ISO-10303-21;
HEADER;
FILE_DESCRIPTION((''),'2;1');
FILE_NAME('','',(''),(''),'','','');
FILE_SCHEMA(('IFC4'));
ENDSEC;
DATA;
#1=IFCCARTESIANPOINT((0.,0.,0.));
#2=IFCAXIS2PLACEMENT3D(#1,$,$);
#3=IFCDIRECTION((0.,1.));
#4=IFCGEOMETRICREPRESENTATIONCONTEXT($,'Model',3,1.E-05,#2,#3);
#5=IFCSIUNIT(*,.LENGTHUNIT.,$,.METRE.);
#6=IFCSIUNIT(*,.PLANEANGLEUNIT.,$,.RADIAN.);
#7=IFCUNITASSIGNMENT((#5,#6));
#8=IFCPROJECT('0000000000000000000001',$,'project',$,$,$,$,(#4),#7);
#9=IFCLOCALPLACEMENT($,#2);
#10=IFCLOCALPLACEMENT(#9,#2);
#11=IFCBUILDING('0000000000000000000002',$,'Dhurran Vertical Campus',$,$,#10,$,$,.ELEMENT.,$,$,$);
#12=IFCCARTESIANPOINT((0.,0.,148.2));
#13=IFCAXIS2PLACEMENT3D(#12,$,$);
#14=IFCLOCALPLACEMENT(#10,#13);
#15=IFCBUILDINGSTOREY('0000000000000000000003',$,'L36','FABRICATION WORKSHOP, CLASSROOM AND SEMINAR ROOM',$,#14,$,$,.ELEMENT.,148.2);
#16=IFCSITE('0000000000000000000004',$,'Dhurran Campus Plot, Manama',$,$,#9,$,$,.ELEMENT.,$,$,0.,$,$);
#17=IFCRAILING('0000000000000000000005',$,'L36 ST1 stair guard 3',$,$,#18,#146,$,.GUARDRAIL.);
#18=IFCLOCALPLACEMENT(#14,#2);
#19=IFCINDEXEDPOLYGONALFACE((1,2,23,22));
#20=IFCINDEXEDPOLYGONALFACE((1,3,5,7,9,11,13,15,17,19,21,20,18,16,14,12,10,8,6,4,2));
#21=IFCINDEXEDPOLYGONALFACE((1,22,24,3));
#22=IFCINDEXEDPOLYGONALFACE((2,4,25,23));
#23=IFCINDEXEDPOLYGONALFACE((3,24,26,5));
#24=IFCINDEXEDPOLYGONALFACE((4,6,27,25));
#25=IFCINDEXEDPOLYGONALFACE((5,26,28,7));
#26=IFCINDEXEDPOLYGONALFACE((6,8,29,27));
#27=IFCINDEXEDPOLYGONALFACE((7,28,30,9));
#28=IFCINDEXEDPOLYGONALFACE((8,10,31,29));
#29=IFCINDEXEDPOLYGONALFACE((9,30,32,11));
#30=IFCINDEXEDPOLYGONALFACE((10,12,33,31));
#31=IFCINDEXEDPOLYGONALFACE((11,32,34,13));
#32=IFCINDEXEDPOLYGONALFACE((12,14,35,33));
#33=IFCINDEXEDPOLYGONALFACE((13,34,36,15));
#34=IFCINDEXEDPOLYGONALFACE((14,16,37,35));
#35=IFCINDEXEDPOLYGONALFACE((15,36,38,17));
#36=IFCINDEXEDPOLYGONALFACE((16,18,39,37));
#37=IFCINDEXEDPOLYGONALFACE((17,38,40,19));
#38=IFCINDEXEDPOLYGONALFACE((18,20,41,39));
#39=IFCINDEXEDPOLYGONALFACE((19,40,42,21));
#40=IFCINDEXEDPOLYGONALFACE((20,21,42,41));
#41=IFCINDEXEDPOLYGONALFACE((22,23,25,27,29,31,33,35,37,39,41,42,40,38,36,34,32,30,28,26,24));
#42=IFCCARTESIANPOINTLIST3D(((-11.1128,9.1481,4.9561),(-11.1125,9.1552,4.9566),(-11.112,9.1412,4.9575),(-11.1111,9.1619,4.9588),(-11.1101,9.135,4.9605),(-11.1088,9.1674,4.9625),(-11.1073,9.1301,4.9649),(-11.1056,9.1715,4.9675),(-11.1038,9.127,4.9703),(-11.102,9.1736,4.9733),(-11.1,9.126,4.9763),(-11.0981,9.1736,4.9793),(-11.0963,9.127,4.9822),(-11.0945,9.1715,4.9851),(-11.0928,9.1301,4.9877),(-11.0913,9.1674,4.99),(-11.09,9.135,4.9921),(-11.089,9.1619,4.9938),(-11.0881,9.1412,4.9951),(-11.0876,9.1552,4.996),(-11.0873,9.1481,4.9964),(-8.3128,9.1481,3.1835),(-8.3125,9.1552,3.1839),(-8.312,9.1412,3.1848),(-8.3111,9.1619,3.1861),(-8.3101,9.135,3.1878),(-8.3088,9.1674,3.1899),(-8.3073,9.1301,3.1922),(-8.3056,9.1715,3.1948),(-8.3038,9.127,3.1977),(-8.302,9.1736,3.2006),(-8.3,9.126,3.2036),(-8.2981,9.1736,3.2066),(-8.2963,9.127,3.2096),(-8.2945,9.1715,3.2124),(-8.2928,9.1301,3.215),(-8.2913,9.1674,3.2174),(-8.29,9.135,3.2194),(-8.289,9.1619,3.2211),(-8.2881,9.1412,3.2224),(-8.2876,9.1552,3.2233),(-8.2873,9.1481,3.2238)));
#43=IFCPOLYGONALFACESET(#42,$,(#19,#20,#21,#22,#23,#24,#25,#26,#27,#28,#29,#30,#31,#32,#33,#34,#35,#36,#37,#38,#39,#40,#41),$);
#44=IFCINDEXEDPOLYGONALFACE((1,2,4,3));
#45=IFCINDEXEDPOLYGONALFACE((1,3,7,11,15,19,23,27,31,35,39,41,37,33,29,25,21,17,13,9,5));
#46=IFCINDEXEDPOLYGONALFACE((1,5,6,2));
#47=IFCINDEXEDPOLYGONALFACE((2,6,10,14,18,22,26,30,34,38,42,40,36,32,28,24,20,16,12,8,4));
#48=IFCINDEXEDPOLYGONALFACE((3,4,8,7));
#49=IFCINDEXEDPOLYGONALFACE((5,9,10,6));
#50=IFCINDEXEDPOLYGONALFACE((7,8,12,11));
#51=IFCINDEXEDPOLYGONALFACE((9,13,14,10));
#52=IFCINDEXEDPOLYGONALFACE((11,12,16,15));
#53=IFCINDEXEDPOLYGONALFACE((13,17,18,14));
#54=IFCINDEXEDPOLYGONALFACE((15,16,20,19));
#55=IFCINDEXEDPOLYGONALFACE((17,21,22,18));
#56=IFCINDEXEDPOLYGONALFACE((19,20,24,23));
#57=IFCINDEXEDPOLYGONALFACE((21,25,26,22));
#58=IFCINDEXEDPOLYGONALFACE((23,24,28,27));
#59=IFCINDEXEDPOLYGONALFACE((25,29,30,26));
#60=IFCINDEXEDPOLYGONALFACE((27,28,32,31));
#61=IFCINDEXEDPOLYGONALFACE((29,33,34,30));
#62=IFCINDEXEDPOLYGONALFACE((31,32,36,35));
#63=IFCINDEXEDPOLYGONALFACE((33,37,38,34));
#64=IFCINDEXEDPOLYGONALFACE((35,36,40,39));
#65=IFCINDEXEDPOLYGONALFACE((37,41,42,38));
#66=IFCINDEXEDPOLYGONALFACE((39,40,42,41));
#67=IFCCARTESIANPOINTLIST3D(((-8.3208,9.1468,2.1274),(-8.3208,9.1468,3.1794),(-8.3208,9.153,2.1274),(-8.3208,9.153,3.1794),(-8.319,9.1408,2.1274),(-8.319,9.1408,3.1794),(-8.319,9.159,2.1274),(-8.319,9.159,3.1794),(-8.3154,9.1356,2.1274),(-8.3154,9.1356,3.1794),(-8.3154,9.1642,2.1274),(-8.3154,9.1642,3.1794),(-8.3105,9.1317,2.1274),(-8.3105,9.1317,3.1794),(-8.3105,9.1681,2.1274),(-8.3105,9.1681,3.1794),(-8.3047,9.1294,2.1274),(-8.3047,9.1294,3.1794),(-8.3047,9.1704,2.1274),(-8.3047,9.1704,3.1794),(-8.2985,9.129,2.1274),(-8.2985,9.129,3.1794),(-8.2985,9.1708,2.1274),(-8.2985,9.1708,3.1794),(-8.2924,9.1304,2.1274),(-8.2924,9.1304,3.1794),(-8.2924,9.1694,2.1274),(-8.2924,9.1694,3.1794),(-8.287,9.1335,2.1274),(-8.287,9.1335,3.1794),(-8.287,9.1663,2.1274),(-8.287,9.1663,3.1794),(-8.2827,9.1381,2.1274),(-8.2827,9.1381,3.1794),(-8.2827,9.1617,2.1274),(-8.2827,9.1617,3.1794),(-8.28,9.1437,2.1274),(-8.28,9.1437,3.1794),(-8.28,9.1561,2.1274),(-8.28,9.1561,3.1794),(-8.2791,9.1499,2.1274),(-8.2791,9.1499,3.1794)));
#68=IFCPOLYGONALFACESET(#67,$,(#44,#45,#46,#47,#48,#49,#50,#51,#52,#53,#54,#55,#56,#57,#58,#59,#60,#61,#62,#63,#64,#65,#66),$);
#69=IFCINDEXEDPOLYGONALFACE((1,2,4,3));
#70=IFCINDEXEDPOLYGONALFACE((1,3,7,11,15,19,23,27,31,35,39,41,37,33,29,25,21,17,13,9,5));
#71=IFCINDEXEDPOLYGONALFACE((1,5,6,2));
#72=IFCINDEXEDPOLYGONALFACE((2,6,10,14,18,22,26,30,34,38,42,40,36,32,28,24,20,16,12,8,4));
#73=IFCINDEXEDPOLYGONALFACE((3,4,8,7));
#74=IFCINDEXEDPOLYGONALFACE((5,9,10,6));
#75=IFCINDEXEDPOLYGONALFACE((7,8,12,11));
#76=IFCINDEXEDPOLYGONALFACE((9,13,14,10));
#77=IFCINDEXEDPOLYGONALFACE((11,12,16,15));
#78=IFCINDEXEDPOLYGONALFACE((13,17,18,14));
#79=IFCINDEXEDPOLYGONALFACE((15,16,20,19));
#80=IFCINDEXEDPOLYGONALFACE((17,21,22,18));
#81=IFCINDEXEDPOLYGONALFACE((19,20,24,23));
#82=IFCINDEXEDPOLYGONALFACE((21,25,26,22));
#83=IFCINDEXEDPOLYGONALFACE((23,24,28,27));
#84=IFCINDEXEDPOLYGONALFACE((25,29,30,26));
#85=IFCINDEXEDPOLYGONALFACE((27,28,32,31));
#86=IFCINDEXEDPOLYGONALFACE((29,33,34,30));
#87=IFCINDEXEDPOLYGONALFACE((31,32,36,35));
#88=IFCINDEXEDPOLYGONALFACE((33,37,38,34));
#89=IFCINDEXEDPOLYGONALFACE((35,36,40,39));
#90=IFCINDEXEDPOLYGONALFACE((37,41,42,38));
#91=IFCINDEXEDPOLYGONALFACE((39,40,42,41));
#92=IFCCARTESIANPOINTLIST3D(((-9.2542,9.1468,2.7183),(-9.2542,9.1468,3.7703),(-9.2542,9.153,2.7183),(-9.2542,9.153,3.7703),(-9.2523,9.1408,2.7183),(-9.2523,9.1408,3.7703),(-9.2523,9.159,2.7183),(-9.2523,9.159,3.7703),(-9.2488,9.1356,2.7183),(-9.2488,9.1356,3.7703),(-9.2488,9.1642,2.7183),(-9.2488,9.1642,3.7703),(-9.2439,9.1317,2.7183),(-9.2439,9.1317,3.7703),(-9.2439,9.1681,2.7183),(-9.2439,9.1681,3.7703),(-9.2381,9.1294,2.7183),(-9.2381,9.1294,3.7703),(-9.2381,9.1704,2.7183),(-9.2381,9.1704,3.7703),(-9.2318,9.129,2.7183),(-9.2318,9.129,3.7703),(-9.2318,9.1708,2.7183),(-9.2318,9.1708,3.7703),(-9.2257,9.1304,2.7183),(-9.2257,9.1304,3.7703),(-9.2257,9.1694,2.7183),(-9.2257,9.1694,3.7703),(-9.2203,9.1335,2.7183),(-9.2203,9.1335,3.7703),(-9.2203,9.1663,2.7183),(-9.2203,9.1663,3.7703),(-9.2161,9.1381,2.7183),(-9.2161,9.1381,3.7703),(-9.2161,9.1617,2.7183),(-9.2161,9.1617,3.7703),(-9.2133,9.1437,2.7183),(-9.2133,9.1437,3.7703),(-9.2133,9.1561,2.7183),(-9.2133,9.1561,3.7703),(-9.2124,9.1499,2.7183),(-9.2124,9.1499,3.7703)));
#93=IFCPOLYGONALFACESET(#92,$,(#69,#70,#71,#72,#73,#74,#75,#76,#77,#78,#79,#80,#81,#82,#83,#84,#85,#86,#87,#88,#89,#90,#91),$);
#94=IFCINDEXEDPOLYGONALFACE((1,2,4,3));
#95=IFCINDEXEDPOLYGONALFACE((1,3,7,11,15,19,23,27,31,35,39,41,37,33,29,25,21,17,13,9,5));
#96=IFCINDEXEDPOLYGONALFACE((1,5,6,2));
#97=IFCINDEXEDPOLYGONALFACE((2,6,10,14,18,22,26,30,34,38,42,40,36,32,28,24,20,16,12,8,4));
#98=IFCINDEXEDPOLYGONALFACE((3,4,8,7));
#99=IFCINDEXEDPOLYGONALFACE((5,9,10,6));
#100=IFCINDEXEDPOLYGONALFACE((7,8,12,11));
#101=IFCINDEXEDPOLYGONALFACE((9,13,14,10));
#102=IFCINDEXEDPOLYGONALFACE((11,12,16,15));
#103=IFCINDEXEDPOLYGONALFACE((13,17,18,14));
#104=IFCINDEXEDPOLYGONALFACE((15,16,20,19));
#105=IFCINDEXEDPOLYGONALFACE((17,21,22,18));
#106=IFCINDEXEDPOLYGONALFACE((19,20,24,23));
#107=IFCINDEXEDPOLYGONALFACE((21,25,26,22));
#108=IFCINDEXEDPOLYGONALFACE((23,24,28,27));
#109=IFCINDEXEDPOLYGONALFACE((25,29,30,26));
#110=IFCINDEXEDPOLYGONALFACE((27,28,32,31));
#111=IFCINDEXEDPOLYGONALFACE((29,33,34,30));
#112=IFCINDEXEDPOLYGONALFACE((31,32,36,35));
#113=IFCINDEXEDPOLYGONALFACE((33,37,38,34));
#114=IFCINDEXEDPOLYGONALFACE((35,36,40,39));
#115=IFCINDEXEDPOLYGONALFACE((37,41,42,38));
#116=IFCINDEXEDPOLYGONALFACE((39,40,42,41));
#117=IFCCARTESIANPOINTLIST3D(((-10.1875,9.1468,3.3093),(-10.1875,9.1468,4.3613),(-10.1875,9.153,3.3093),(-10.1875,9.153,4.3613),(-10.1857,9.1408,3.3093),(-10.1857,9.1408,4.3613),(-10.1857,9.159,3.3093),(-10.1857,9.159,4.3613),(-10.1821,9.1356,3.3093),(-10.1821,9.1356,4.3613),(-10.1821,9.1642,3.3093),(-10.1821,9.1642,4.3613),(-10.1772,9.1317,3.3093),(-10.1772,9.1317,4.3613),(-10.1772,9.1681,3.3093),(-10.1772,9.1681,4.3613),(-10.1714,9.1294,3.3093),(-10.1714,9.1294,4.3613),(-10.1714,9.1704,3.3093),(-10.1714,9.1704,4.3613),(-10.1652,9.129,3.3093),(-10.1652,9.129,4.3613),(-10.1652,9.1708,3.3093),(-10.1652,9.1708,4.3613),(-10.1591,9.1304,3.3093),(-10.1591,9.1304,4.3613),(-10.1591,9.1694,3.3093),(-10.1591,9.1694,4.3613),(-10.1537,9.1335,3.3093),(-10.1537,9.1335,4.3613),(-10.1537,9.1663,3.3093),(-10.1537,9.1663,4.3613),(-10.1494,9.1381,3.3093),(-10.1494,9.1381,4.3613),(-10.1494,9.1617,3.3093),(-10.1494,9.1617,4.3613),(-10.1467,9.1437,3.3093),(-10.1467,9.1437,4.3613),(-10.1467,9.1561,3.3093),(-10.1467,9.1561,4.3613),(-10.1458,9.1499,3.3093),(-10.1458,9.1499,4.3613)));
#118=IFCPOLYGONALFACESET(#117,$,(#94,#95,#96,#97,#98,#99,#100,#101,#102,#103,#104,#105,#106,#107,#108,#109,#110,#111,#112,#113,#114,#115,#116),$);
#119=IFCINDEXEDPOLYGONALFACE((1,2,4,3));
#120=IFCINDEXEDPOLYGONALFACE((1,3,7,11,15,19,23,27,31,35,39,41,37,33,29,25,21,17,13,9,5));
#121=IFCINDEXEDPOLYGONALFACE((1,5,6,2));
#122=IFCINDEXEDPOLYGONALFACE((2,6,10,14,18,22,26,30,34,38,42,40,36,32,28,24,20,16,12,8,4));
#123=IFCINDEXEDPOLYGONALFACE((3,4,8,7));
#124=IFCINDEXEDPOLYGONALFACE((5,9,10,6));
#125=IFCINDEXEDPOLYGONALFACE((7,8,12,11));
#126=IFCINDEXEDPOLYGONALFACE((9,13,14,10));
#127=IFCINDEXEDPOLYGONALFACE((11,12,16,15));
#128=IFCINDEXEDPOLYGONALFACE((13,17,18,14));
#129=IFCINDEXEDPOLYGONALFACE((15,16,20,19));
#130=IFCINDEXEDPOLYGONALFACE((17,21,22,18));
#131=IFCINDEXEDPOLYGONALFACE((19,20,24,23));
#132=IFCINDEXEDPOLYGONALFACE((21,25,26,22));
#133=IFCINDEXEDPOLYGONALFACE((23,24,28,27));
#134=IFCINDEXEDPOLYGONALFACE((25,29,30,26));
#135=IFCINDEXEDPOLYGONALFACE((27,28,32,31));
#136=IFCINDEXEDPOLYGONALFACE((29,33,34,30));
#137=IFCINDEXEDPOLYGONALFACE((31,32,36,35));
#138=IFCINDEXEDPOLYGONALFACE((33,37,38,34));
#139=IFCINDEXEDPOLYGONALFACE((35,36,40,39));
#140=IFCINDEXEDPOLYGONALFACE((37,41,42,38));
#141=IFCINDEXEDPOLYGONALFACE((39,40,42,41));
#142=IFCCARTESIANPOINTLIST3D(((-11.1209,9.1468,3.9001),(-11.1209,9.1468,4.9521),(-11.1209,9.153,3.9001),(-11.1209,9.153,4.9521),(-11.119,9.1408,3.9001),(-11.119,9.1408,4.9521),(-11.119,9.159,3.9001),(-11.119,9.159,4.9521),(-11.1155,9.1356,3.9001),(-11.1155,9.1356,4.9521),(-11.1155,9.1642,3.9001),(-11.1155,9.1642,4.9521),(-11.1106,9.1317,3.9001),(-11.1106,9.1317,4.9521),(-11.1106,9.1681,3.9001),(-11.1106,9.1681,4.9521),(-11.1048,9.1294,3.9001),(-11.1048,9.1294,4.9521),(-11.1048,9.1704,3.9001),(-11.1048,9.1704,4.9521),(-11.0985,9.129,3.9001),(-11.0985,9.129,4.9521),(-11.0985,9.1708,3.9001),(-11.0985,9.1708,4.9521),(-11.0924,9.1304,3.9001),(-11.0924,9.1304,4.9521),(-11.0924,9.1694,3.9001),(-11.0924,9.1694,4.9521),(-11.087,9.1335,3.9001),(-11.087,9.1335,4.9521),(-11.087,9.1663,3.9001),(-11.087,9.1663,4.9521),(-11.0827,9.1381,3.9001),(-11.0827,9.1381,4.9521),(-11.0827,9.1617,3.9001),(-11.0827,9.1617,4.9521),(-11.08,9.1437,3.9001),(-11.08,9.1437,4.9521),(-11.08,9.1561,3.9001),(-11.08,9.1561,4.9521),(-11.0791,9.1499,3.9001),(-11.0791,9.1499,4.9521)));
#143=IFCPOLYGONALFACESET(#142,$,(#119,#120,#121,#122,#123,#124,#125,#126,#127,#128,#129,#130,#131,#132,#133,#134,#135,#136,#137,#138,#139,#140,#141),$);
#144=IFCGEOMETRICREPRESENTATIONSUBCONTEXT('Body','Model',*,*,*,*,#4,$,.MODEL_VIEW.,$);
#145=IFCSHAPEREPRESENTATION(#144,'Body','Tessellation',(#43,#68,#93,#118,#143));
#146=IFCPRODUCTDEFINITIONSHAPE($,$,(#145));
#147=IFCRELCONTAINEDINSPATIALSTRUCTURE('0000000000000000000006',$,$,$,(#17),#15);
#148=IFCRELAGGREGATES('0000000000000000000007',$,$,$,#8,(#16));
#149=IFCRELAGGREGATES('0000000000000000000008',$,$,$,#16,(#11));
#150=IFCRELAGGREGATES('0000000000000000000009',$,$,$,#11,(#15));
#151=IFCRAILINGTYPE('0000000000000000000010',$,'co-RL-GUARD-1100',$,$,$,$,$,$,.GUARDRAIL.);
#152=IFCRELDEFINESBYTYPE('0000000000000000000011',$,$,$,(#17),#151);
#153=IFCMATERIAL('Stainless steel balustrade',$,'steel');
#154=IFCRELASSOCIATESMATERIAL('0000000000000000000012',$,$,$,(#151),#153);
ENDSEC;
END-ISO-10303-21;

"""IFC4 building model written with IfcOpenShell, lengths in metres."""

from ifc_helpers import new_model, si_unit, direction, frame, origin, origin_2d, place, context, subcontext, project, spatial, circle, extrude, material, type_object, element, save


model = new_model("IFC4")

# Units and contexts
model_context = context("Model", 3, precision=1e-05, world=origin(), true_north=direction((0.0, 1.0)))
body_context = subcontext(model_context, "Body", "Model", "MODEL_VIEW")
ifc_project = project(units=[si_unit("LENGTHUNIT", "METRE"), si_unit("PLANEANGLEUNIT", "RADIAN")], contexts=[model_context])

# Site, building, storey
site_placement = place(None, origin())
site = spatial("IfcSite", under=ifc_project, at=site_placement, Name="Dhurran Campus Plot, Manama", CompositionType="ELEMENT", RefElevation=0.0)
building_placement = place(site_placement, origin())
building = spatial("IfcBuilding", under=site, at=building_placement, Name="Dhurran Vertical Campus", CompositionType="ELEMENT")
storey_placement = place(building_placement, frame((0.0, 0.0, 148.2)))
storey = spatial("IfcBuildingStorey", under=building, at=storey_placement, Name="L36", Description="FABRICATION WORKSHOP, CLASSROOM AND SEMINAR ROOM", CompositionType="ELEMENT", Elevation=148.2)

# Railing
ifc_material_1 = material(Name="Stainless steel balustrade", Category="steel")
railing_type_1 = type_object("IfcRailingType", Name="co-RL-GUARD-1100", PredefinedType="GUARDRAIL", material=ifc_material_1)
railing_1_placement = place(storey_placement, frame((-8.3, 9.1499, 2.1274)))
element("IfcRailing", 1, at=railing_1_placement, inside=storey, type_object=railing_type_1, Name="L36 ST1 stair guard 3", PredefinedType="GUARDRAIL", context=body_context, shape_type="SweptSolid", body=[
    extrude(circle(Radius=0.0239, at=origin_2d()), frame((0.0, 0.0, 1.0762), z_axis=(-0.844909, 0.0, 0.53491), x_axis=(0.0, -1.0, 0.0)), (0.0, 0.0, 1.0), 3.314),
    extrude(circle(Radius=0.021, at=origin_2d()), origin(), (0.0, 0.0, 1.0), 1.052),
    extrude(circle(Radius=0.021, at=origin_2d()), frame((-0.9333, 0.0, 0.5908)), (0.0, 0.0, 1.0), 1.052),
    extrude(circle(Radius=0.021, at=origin_2d()), frame((-1.8667, 0.0, 1.1819)), (0.0, 0.0, 1.0), 1.052),
    extrude(circle(Radius=0.021, at=origin_2d()), frame((-2.8, 0.0, 1.7727)), (0.0, 0.0, 1.0), 1.052),
])

save(model, "model.ifc")
